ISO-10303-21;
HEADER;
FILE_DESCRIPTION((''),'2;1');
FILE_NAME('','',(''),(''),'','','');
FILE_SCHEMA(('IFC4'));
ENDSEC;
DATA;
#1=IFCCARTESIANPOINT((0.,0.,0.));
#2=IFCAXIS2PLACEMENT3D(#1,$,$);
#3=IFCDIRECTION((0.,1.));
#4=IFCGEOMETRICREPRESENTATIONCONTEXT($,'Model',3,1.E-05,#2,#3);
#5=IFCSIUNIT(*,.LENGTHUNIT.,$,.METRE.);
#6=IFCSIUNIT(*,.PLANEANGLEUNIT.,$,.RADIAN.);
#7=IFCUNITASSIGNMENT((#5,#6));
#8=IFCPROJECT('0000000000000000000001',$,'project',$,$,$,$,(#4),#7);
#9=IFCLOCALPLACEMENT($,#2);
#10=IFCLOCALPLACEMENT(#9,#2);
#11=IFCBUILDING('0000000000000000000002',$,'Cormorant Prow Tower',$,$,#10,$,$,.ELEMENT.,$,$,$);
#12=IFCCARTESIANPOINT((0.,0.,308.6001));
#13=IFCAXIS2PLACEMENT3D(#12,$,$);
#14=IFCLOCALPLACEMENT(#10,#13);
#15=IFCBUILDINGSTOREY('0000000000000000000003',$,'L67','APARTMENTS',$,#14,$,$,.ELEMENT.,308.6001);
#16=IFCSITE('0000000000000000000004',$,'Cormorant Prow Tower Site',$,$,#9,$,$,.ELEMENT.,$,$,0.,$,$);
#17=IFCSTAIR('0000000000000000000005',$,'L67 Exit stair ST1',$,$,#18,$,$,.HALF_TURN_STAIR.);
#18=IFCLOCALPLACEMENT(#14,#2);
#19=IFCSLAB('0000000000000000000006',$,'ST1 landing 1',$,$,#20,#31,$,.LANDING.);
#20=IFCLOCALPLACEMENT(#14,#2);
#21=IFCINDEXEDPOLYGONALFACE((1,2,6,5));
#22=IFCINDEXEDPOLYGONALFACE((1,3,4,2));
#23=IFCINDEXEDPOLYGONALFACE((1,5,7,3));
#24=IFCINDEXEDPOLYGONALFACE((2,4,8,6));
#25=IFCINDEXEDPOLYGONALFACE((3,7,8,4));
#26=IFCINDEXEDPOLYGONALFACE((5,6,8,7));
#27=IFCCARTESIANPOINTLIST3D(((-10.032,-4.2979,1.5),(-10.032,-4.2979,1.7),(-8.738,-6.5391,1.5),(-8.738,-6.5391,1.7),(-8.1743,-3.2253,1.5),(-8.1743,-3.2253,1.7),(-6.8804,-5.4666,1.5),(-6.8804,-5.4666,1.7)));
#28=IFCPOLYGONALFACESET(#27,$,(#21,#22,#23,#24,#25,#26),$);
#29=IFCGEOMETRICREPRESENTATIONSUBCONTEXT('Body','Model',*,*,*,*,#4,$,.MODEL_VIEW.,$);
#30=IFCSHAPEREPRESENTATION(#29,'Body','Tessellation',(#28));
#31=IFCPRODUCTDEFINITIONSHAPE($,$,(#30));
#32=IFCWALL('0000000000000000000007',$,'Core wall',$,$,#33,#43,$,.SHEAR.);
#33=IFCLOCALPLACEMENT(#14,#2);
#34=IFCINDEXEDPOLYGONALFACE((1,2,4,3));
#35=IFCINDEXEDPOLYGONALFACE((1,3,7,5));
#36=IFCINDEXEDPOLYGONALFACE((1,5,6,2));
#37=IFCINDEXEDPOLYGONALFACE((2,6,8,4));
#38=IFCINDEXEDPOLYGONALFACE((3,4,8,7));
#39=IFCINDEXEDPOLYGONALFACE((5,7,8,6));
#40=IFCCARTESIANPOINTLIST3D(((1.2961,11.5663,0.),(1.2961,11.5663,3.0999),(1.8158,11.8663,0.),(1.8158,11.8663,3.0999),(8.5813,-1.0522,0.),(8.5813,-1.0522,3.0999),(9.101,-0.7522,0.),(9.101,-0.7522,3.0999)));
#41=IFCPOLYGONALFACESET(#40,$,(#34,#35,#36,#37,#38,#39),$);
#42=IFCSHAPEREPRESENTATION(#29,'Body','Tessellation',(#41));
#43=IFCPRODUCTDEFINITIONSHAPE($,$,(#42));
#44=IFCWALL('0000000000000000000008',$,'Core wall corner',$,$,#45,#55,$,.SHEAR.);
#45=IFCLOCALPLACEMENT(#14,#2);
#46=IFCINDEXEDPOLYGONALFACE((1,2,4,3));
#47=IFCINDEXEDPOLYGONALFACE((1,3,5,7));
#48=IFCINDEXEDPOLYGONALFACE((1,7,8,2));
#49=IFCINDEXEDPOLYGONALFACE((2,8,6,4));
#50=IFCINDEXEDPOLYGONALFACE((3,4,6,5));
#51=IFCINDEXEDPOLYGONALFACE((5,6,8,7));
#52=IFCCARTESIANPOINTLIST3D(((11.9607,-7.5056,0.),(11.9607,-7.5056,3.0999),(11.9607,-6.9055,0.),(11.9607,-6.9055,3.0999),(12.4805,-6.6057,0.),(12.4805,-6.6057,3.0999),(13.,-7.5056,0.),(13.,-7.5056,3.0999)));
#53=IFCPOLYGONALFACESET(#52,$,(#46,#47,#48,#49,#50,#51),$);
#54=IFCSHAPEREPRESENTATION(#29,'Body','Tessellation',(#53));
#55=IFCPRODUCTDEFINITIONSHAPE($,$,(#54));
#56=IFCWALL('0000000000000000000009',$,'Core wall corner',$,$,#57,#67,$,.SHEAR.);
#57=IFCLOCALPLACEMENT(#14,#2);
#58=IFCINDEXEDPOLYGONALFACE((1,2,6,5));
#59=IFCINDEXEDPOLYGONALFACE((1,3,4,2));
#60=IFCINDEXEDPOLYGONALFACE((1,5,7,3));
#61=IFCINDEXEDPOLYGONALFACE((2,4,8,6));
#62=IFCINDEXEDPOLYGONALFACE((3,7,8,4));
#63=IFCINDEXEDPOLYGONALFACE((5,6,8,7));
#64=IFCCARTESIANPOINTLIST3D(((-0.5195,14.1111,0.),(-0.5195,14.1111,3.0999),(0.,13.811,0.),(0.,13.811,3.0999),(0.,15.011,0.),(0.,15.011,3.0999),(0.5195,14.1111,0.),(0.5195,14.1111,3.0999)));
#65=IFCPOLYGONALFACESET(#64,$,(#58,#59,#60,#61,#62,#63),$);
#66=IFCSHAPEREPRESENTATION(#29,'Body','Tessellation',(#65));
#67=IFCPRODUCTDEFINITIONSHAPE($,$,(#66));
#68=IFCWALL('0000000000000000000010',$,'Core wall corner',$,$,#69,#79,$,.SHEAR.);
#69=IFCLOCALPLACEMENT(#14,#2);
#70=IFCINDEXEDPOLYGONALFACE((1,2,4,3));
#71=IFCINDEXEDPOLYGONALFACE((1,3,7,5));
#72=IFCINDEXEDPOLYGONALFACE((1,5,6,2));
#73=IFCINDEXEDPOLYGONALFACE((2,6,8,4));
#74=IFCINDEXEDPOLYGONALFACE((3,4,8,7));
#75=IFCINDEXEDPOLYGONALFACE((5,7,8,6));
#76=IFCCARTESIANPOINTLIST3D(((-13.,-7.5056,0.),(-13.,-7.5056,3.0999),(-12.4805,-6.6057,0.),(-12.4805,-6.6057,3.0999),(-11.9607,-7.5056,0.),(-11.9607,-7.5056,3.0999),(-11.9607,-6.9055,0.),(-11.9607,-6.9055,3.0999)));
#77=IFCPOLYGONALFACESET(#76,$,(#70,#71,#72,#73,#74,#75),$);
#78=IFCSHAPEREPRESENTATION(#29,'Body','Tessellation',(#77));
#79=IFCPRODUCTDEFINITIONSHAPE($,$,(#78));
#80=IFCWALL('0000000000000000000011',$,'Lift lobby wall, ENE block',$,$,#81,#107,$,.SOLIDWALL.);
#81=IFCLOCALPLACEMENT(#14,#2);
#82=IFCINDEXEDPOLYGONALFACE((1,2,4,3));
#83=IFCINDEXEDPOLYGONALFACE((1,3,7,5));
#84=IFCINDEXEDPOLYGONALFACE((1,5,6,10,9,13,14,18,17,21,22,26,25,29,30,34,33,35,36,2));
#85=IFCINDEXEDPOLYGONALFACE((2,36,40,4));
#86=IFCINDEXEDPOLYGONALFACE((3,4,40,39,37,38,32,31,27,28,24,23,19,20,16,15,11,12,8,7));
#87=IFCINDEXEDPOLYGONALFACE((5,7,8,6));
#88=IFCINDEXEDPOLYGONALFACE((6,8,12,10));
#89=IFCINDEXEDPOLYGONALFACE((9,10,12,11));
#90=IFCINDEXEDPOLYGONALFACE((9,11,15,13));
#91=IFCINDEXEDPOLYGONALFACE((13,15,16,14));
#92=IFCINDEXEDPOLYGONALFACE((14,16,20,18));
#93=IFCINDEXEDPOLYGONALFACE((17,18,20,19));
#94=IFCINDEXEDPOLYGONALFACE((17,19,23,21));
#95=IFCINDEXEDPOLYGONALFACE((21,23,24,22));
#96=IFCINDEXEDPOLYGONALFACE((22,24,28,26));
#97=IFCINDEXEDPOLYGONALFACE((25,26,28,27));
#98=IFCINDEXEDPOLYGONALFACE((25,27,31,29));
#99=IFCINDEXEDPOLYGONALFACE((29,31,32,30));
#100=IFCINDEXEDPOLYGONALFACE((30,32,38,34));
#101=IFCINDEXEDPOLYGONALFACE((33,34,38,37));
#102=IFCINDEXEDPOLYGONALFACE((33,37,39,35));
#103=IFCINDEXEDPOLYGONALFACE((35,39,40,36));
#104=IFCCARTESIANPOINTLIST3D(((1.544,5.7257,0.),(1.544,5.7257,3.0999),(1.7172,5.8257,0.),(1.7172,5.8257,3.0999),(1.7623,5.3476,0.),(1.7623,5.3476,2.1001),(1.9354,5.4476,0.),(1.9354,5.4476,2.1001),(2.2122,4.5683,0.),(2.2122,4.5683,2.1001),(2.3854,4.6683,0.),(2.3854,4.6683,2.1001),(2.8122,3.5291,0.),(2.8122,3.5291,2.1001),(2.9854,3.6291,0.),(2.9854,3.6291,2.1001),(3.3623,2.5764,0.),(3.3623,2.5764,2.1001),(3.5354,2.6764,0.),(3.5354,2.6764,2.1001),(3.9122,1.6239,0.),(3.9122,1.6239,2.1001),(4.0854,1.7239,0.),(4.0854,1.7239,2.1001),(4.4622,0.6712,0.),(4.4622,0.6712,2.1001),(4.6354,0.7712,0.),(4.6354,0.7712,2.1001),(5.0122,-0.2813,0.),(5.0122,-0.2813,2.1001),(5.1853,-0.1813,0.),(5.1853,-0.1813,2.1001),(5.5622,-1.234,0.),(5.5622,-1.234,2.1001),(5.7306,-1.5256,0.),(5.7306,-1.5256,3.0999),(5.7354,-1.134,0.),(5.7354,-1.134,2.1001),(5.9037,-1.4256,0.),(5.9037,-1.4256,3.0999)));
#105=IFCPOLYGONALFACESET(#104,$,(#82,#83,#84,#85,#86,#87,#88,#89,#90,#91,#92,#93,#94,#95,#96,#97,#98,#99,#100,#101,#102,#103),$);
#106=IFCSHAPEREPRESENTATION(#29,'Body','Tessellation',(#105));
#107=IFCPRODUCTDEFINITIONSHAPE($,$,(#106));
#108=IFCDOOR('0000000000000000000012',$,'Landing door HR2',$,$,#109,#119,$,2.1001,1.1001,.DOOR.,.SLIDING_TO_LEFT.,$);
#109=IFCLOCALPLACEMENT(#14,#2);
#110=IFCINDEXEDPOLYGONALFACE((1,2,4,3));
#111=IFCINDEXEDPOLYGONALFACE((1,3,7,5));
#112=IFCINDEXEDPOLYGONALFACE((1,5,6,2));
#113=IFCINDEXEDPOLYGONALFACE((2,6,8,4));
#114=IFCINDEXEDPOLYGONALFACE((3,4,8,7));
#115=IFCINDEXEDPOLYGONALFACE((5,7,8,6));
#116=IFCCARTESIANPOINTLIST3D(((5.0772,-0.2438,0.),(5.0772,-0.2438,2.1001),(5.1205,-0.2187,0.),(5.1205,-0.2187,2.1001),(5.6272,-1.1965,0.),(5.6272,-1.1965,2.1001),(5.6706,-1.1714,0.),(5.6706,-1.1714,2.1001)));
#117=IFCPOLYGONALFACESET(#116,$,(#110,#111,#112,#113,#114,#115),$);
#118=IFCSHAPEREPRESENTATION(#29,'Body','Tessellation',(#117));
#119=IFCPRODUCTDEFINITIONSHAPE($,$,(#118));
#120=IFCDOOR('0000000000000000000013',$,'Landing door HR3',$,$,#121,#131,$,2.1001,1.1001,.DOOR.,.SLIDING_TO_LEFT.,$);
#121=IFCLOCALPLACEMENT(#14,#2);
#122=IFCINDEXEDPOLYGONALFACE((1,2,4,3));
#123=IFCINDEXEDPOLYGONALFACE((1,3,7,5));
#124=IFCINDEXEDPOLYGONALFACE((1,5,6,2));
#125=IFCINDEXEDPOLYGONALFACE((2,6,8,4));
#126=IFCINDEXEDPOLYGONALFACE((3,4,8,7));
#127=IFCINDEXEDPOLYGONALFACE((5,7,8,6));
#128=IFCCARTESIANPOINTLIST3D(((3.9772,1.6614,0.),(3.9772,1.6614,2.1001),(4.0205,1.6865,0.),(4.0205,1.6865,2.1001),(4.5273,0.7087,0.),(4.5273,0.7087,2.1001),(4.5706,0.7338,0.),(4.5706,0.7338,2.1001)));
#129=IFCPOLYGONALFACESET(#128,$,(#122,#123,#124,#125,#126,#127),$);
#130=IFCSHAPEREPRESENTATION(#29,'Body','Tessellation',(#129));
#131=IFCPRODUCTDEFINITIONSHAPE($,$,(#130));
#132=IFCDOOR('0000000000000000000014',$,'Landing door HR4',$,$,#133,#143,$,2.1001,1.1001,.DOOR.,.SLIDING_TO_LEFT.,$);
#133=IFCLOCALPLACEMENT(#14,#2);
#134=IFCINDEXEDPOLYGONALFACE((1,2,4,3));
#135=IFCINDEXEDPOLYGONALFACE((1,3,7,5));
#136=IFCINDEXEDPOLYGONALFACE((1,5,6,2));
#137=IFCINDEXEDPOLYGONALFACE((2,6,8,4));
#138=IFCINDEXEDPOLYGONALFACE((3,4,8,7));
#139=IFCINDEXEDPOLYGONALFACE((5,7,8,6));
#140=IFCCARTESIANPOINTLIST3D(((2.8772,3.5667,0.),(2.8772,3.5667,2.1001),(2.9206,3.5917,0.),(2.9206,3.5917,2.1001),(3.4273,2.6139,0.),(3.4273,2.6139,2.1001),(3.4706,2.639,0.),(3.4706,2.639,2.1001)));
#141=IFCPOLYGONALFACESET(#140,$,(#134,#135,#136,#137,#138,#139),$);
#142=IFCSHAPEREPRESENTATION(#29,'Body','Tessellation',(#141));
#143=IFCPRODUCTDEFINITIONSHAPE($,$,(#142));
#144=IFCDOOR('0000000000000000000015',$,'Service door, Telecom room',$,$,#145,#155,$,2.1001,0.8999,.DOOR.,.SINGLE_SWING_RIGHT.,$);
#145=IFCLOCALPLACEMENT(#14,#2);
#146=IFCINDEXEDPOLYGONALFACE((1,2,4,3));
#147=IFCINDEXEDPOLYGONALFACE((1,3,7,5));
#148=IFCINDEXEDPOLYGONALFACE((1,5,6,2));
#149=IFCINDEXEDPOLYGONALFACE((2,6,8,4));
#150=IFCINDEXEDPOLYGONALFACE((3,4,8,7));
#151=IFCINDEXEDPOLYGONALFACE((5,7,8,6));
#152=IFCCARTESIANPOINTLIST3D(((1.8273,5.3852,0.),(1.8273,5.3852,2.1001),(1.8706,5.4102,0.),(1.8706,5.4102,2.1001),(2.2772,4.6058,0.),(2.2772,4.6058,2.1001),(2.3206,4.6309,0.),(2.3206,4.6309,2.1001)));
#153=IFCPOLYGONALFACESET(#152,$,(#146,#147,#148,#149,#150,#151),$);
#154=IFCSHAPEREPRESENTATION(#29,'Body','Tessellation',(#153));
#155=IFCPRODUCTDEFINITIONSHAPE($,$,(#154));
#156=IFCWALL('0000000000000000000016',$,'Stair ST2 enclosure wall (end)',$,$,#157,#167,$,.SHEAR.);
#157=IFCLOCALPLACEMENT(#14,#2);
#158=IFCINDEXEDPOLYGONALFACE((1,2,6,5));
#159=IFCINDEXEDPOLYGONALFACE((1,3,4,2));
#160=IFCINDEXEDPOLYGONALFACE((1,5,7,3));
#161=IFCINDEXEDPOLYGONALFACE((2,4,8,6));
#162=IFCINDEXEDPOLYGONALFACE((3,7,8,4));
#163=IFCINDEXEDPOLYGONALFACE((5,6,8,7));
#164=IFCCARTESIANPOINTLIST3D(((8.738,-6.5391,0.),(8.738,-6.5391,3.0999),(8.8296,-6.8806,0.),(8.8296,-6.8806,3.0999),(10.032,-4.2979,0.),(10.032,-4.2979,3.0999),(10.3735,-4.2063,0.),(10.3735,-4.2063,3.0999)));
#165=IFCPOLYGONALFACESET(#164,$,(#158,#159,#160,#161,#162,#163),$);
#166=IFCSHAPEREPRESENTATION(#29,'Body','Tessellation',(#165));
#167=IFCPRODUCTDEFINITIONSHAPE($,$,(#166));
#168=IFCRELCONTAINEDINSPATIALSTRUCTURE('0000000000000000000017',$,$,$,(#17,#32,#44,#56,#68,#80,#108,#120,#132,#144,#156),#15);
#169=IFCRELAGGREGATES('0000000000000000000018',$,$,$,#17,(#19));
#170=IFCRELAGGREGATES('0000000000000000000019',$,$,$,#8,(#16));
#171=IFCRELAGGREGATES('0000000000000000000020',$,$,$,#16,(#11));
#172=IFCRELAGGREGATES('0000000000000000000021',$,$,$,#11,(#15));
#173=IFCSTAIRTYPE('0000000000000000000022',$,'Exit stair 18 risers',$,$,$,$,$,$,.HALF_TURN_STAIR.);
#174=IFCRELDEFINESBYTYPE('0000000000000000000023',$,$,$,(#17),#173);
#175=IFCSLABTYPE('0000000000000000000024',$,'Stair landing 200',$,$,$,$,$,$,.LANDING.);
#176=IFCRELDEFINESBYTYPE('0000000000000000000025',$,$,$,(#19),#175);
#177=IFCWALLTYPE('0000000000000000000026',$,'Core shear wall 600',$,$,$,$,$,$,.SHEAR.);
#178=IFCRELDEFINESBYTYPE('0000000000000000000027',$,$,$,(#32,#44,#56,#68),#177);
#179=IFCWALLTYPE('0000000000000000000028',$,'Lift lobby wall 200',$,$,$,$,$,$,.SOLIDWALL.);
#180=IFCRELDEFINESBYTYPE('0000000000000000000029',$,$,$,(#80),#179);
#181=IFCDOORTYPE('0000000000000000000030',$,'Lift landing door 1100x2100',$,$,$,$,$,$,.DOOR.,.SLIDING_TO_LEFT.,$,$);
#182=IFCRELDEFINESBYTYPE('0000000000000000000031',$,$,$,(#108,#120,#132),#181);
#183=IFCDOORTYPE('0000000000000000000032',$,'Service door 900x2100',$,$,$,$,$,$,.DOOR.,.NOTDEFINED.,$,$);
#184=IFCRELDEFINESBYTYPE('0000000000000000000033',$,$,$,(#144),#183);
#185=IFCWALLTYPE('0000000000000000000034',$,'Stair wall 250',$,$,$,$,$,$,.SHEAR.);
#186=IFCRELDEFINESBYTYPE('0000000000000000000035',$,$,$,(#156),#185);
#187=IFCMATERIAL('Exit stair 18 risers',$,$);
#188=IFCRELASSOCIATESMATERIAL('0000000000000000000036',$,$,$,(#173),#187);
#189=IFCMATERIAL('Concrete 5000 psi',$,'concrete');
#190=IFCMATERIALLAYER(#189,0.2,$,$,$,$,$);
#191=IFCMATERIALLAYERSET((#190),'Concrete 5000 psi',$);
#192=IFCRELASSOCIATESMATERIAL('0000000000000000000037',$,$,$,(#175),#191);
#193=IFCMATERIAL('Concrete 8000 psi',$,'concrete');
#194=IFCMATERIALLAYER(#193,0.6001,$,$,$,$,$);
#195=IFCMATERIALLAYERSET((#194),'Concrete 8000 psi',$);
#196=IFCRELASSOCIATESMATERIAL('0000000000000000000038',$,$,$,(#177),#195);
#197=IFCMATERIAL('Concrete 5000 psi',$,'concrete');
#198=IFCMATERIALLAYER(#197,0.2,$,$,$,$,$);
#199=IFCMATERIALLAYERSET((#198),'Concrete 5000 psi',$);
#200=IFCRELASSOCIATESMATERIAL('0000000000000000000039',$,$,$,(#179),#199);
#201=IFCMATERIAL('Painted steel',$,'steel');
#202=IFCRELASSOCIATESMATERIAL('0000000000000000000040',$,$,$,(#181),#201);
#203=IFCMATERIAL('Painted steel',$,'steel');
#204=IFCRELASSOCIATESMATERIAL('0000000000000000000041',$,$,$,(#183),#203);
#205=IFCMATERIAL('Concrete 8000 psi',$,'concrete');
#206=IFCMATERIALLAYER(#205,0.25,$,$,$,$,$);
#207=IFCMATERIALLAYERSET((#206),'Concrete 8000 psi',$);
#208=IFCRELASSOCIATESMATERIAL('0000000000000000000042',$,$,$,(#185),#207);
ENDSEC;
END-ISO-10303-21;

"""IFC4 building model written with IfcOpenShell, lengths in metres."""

from ifc_helpers import new_model, si_unit, direction, frame, frame_2d, origin, place, context, subcontext, project, spatial, polyline, rectangle, outline, extrude, material, layer, layer_set, type_object, element, fill, aggregate, save


model = new_model("IFC4")

# Units and contexts
model_context = context("Model", 3, precision=1e-05, world=origin(), true_north=direction((0.0, 1.0)))
body_context = subcontext(model_context, "Body", "Model", "MODEL_VIEW")
ifc_project = project(units=[si_unit("LENGTHUNIT", "METRE"), si_unit("PLANEANGLEUNIT", "RADIAN")], contexts=[model_context])

# Site, building, storey
site_placement = place(None, origin())
site = spatial("IfcSite", under=ifc_project, at=site_placement, Name="Cormorant Prow Tower Site", CompositionType="ELEMENT", RefElevation=0.0)
building_placement = place(site_placement, origin())
building = spatial("IfcBuilding", under=site, at=building_placement, Name="Cormorant Prow Tower", CompositionType="ELEMENT")
storey_placement = place(building_placement, frame((0.0, 0.0, 308.6001)))
storey = spatial("IfcBuildingStorey", under=building, at=storey_placement, Name="L67", Description="APARTMENTS", CompositionType="ELEMENT", Elevation=308.6001)

# Stair, slab
ifc_material_1 = material(Name="Exit stair 18 risers")
stair_type = type_object("IfcStairType", Name="Exit stair 18 risers", PredefinedType="HALF_TURN_STAIR", material=ifc_material_1)
stair_placement = place(storey_placement, origin())
stair = element("IfcStair", 1, at=stair_placement, inside=storey, type_object=stair_type, Name="L67 Exit stair ST1", PredefinedType="HALF_TURN_STAIR")
ifc_material_2 = material(Name="Concrete 5000 psi", Category="concrete")
ifc_layer_1 = layer(ifc_material_2, 0.2)
ifc_layer_set_1 = layer_set([ifc_layer_1], Name="Concrete 5000 psi")
slab_type = type_object("IfcSlabType", Name="Stair landing 200", PredefinedType="LANDING", material=ifc_layer_set_1)
slab_placement = place(storey_placement, frame((0.0, 0.0, 1.5)))
slab = element("IfcSlab", 2, at=slab_placement, type_object=slab_type, Name="ST1 landing 1", PredefinedType="LANDING", context=body_context, shape_type="SweptSolid", body=[
    extrude(outline(polyline([(-8.1743, -3.2253), (-10.032, -4.2979), (-8.738, -6.5391), (-6.8804, -5.4666), (-8.1743, -3.2253)])), origin(), (0.0, 0.0, 1.0), 0.2),
])
aggregate(stair, [slab])

# Walls
ifc_material_3 = material(Name="Concrete 8000 psi", Category="concrete")
ifc_layer_2 = layer(ifc_material_3, 0.6001)
ifc_layer_set_2 = layer_set([ifc_layer_2], Name="Concrete 8000 psi")
wall_type_1 = type_object("IfcWallType", Name="Core shear wall 600", PredefinedType="SHEAR", material=ifc_layer_set_2)
wall_1_placement = place(storey_placement, frame((8.8411, -0.9021, 0.0), z_axis=(0.0, 0.0, 1.0), x_axis=(-0.499996, 0.866028, 0.0)))
element("IfcWall", 3, at=wall_1_placement, inside=storey, type_object=wall_type_1, Name="Core wall", PredefinedType="SHEAR", context=body_context, shape_type="SweptSolid", body=[
    extrude(rectangle(XDim=14.5706, YDim=0.6001, at=frame_2d((7.2852, 0.0))), origin(), (0.0, 0.0, 1.0), 3.0999),
])
wall_2_placement = place(storey_placement, origin())
element("IfcWall", 4, at=wall_2_placement, inside=storey, type_object=wall_type_1, Name="Core wall corner", PredefinedType="SHEAR", context=body_context, shape_type="SweptSolid", body=[
    extrude(outline(polyline([(11.9607, -7.5056), (11.9607, -6.9055), (12.4805, -6.6057), (13.0, -7.5056), (11.9607, -7.5056)])), origin(), (0.0, 0.0, 1.0), 3.0999),
])
wall_3_placement = place(storey_placement, origin())
element("IfcWall", 5, at=wall_3_placement, inside=storey, type_object=wall_type_1, Name="Core wall corner", PredefinedType="SHEAR", context=body_context, shape_type="SweptSolid", body=[
    extrude(outline(polyline([(-0.5195, 14.1111), (0.0, 15.011), (0.5195, 14.1111), (0.0, 13.811), (-0.5195, 14.1111)])), origin(), (0.0, 0.0, 1.0), 3.0999),
])
wall_4_placement = place(storey_placement, origin())
element("IfcWall", 6, at=wall_4_placement, inside=storey, type_object=wall_type_1, Name="Core wall corner", PredefinedType="SHEAR", context=body_context, shape_type="SweptSolid", body=[
    extrude(outline(polyline([(-12.4805, -6.6057), (-11.9607, -6.9055), (-11.9607, -7.5056), (-13.0, -7.5056), (-12.4805, -6.6057)])), origin(), (0.0, 0.0, 1.0), 3.0999),
])

# Wall, openings, doors
ifc_material_4 = material(Name="Concrete 5000 psi", Category="concrete")
ifc_layer_3 = layer(ifc_material_4, 0.2)
ifc_layer_set_3 = layer_set([ifc_layer_3], Name="Concrete 5000 psi")
wall_type_2 = type_object("IfcWallType", Name="Lift lobby wall 200", PredefinedType="SOLIDWALL", material=ifc_layer_set_3)
wall_5_placement = place(storey_placement, frame((5.8171, -1.4756, 0.0), z_axis=(0.0, 0.0, 1.0), x_axis=(-0.500003, 0.866024, 0.0)))
wall_5 = element("IfcWall", 7, at=wall_5_placement, inside=storey, type_object=wall_type_2, Name="Lift lobby wall, ENE block", PredefinedType="SOLIDWALL", context=body_context, shape_type="SweptSolid", body=[
    extrude(rectangle(XDim=8.373, YDim=0.2, at=frame_2d((4.1865, 0.0))), origin(), (0.0, 0.0, 1.0), 3.0999),
])
opening_1_placement = place(wall_5_placement, frame((0.3367, 0.0, 0.0)))
opening_1 = element("IfcOpeningElement", 8, at=opening_1_placement, cuts=wall_5, PredefinedType="OPENING", context=body_context, shape_type="SweptSolid", body=[
    extrude(rectangle(XDim=1.1001, YDim=2.1001, at=frame_2d((0.55, 1.05))), frame((0.0, 0.1099, 0.0), z_axis=(0.0, -1.0, 0.0), x_axis=(1.0, 0.0, 0.0)), (0.0, 0.0, 1.0), 0.22),
])
opening_2_placement = place(wall_5_placement, frame((2.5366, 0.0, 0.0)))
opening_2 = element("IfcOpeningElement", 9, at=opening_2_placement, cuts=wall_5, PredefinedType="OPENING", context=body_context, shape_type="SweptSolid", body=[
    extrude(rectangle(XDim=1.1001, YDim=2.1001, at=frame_2d((0.55, 1.05))), frame((0.0, 0.1099, 0.0), z_axis=(0.0, -1.0, 0.0), x_axis=(1.0, 0.0, 0.0)), (0.0, 0.0, 1.0), 0.22),
])
opening_3_placement = place(wall_5_placement, frame((4.7366, 0.0, 0.0)))
opening_3 = element("IfcOpeningElement", 10, at=opening_3_placement, cuts=wall_5, PredefinedType="OPENING", context=body_context, shape_type="SweptSolid", body=[
    extrude(rectangle(XDim=1.1001, YDim=2.1001, at=frame_2d((0.55, 1.05))), frame((0.0, 0.1099, 0.0), z_axis=(0.0, -1.0, 0.0), x_axis=(1.0, 0.0, 0.0)), (0.0, 0.0, 1.0), 0.22),
])
opening_4_placement = place(wall_5_placement, frame((7.0366, 0.0, 0.0)))
opening_4 = element("IfcOpeningElement", 11, at=opening_4_placement, cuts=wall_5, PredefinedType="OPENING", context=body_context, shape_type="SweptSolid", body=[
    extrude(rectangle(XDim=0.8999, YDim=2.1001, at=frame_2d((0.45, 1.05))), frame((0.0, 0.1099, 0.0), z_axis=(0.0, -1.0, 0.0), x_axis=(1.0, 0.0, 0.0)), (0.0, 0.0, 1.0), 0.22),
])
ifc_material_5 = material(Name="Painted steel", Category="steel")
door_type_1 = type_object("IfcDoorType", Name="Lift landing door 1100x2100", OperationType="SLIDING_TO_LEFT", PredefinedType="DOOR", material=ifc_material_5)
door_1_placement = place(opening_1_placement, origin())
door_1 = element("IfcDoor", 12, at=door_1_placement, inside=storey, type_object=door_type_1, Name="Landing door HR2", OperationType="SLIDING_TO_LEFT", OverallHeight=2.1001, OverallWidth=1.1001, PredefinedType="DOOR", context=body_context, shape_type="SweptSolid", body=[
    extrude(rectangle(XDim=1.1001, YDim=2.1001, at=frame_2d((0.55, 1.05))), frame((0.0, 0.0249, 0.0), z_axis=(0.0, -1.0, 0.0), x_axis=(1.0, 0.0, 0.0)), (0.0, 0.0, 1.0), 0.05),
])
fill(opening_1, door_1)
door_2_placement = place(opening_2_placement, origin())
door_2 = element("IfcDoor", 13, at=door_2_placement, inside=storey, type_object=door_type_1, Name="Landing door HR3", OperationType="SLIDING_TO_LEFT", OverallHeight=2.1001, OverallWidth=1.1001, PredefinedType="DOOR", context=body_context, shape_type="SweptSolid", body=[
    extrude(rectangle(XDim=1.1001, YDim=2.1001, at=frame_2d((0.55, 1.05))), frame((0.0, 0.0249, 0.0), z_axis=(0.0, -1.0, 0.0), x_axis=(1.0, 0.0, 0.0)), (0.0, 0.0, 1.0), 0.05),
])
fill(opening_2, door_2)
door_3_placement = place(opening_3_placement, origin())
door_3 = element("IfcDoor", 14, at=door_3_placement, inside=storey, type_object=door_type_1, Name="Landing door HR4", OperationType="SLIDING_TO_LEFT", OverallHeight=2.1001, OverallWidth=1.1001, PredefinedType="DOOR", context=body_context, shape_type="SweptSolid", body=[
    extrude(rectangle(XDim=1.1001, YDim=2.1001, at=frame_2d((0.55, 1.05))), frame((0.0, 0.0249, 0.0), z_axis=(0.0, -1.0, 0.0), x_axis=(1.0, 0.0, 0.0)), (0.0, 0.0, 1.0), 0.05),
])
fill(opening_3, door_3)
ifc_material_6 = material(Name="Painted steel", Category="steel")
door_type_2 = type_object("IfcDoorType", Name="Service door 900x2100", OperationType="NOTDEFINED", PredefinedType="DOOR", material=ifc_material_6)
door_4_placement = place(opening_4_placement, origin())
door_4 = element("IfcDoor", 15, at=door_4_placement, inside=storey, type_object=door_type_2, Name="Service door, Telecom room", OperationType="SINGLE_SWING_RIGHT", OverallHeight=2.1001, OverallWidth=0.8999, PredefinedType="DOOR", context=body_context, shape_type="SweptSolid", body=[
    extrude(rectangle(XDim=0.8999, YDim=2.1001, at=frame_2d((0.45, 1.05))), frame((0.0, 0.0249, 0.0), z_axis=(0.0, -1.0, 0.0), x_axis=(1.0, 0.0, 0.0)), (0.0, 0.0, 1.0), 0.05),
])
fill(opening_4, door_4)

# Wall
ifc_material_7 = material(Name="Concrete 8000 psi", Category="concrete")
ifc_layer_4 = layer(ifc_material_7, 0.25)
ifc_layer_set_4 = layer_set([ifc_layer_4], Name="Concrete 8000 psi")
wall_type_3 = type_object("IfcWallType", Name="Stair wall 250", PredefinedType="SHEAR", material=ifc_layer_set_4)
wall_6_placement = place(storey_placement, origin())
element("IfcWall", 16, at=wall_6_placement, inside=storey, type_object=wall_type_3, Name="Stair ST2 enclosure wall (end)", PredefinedType="SHEAR", context=body_context, shape_type="SweptSolid", body=[
    extrude(outline(polyline([(8.8296, -6.8806), (10.3735, -4.2063), (10.032, -4.2979), (8.738, -6.5391), (8.8296, -6.8806)])), origin(), (0.0, 0.0, 1.0), 3.0999),
])

save(model, "model.ifc")
